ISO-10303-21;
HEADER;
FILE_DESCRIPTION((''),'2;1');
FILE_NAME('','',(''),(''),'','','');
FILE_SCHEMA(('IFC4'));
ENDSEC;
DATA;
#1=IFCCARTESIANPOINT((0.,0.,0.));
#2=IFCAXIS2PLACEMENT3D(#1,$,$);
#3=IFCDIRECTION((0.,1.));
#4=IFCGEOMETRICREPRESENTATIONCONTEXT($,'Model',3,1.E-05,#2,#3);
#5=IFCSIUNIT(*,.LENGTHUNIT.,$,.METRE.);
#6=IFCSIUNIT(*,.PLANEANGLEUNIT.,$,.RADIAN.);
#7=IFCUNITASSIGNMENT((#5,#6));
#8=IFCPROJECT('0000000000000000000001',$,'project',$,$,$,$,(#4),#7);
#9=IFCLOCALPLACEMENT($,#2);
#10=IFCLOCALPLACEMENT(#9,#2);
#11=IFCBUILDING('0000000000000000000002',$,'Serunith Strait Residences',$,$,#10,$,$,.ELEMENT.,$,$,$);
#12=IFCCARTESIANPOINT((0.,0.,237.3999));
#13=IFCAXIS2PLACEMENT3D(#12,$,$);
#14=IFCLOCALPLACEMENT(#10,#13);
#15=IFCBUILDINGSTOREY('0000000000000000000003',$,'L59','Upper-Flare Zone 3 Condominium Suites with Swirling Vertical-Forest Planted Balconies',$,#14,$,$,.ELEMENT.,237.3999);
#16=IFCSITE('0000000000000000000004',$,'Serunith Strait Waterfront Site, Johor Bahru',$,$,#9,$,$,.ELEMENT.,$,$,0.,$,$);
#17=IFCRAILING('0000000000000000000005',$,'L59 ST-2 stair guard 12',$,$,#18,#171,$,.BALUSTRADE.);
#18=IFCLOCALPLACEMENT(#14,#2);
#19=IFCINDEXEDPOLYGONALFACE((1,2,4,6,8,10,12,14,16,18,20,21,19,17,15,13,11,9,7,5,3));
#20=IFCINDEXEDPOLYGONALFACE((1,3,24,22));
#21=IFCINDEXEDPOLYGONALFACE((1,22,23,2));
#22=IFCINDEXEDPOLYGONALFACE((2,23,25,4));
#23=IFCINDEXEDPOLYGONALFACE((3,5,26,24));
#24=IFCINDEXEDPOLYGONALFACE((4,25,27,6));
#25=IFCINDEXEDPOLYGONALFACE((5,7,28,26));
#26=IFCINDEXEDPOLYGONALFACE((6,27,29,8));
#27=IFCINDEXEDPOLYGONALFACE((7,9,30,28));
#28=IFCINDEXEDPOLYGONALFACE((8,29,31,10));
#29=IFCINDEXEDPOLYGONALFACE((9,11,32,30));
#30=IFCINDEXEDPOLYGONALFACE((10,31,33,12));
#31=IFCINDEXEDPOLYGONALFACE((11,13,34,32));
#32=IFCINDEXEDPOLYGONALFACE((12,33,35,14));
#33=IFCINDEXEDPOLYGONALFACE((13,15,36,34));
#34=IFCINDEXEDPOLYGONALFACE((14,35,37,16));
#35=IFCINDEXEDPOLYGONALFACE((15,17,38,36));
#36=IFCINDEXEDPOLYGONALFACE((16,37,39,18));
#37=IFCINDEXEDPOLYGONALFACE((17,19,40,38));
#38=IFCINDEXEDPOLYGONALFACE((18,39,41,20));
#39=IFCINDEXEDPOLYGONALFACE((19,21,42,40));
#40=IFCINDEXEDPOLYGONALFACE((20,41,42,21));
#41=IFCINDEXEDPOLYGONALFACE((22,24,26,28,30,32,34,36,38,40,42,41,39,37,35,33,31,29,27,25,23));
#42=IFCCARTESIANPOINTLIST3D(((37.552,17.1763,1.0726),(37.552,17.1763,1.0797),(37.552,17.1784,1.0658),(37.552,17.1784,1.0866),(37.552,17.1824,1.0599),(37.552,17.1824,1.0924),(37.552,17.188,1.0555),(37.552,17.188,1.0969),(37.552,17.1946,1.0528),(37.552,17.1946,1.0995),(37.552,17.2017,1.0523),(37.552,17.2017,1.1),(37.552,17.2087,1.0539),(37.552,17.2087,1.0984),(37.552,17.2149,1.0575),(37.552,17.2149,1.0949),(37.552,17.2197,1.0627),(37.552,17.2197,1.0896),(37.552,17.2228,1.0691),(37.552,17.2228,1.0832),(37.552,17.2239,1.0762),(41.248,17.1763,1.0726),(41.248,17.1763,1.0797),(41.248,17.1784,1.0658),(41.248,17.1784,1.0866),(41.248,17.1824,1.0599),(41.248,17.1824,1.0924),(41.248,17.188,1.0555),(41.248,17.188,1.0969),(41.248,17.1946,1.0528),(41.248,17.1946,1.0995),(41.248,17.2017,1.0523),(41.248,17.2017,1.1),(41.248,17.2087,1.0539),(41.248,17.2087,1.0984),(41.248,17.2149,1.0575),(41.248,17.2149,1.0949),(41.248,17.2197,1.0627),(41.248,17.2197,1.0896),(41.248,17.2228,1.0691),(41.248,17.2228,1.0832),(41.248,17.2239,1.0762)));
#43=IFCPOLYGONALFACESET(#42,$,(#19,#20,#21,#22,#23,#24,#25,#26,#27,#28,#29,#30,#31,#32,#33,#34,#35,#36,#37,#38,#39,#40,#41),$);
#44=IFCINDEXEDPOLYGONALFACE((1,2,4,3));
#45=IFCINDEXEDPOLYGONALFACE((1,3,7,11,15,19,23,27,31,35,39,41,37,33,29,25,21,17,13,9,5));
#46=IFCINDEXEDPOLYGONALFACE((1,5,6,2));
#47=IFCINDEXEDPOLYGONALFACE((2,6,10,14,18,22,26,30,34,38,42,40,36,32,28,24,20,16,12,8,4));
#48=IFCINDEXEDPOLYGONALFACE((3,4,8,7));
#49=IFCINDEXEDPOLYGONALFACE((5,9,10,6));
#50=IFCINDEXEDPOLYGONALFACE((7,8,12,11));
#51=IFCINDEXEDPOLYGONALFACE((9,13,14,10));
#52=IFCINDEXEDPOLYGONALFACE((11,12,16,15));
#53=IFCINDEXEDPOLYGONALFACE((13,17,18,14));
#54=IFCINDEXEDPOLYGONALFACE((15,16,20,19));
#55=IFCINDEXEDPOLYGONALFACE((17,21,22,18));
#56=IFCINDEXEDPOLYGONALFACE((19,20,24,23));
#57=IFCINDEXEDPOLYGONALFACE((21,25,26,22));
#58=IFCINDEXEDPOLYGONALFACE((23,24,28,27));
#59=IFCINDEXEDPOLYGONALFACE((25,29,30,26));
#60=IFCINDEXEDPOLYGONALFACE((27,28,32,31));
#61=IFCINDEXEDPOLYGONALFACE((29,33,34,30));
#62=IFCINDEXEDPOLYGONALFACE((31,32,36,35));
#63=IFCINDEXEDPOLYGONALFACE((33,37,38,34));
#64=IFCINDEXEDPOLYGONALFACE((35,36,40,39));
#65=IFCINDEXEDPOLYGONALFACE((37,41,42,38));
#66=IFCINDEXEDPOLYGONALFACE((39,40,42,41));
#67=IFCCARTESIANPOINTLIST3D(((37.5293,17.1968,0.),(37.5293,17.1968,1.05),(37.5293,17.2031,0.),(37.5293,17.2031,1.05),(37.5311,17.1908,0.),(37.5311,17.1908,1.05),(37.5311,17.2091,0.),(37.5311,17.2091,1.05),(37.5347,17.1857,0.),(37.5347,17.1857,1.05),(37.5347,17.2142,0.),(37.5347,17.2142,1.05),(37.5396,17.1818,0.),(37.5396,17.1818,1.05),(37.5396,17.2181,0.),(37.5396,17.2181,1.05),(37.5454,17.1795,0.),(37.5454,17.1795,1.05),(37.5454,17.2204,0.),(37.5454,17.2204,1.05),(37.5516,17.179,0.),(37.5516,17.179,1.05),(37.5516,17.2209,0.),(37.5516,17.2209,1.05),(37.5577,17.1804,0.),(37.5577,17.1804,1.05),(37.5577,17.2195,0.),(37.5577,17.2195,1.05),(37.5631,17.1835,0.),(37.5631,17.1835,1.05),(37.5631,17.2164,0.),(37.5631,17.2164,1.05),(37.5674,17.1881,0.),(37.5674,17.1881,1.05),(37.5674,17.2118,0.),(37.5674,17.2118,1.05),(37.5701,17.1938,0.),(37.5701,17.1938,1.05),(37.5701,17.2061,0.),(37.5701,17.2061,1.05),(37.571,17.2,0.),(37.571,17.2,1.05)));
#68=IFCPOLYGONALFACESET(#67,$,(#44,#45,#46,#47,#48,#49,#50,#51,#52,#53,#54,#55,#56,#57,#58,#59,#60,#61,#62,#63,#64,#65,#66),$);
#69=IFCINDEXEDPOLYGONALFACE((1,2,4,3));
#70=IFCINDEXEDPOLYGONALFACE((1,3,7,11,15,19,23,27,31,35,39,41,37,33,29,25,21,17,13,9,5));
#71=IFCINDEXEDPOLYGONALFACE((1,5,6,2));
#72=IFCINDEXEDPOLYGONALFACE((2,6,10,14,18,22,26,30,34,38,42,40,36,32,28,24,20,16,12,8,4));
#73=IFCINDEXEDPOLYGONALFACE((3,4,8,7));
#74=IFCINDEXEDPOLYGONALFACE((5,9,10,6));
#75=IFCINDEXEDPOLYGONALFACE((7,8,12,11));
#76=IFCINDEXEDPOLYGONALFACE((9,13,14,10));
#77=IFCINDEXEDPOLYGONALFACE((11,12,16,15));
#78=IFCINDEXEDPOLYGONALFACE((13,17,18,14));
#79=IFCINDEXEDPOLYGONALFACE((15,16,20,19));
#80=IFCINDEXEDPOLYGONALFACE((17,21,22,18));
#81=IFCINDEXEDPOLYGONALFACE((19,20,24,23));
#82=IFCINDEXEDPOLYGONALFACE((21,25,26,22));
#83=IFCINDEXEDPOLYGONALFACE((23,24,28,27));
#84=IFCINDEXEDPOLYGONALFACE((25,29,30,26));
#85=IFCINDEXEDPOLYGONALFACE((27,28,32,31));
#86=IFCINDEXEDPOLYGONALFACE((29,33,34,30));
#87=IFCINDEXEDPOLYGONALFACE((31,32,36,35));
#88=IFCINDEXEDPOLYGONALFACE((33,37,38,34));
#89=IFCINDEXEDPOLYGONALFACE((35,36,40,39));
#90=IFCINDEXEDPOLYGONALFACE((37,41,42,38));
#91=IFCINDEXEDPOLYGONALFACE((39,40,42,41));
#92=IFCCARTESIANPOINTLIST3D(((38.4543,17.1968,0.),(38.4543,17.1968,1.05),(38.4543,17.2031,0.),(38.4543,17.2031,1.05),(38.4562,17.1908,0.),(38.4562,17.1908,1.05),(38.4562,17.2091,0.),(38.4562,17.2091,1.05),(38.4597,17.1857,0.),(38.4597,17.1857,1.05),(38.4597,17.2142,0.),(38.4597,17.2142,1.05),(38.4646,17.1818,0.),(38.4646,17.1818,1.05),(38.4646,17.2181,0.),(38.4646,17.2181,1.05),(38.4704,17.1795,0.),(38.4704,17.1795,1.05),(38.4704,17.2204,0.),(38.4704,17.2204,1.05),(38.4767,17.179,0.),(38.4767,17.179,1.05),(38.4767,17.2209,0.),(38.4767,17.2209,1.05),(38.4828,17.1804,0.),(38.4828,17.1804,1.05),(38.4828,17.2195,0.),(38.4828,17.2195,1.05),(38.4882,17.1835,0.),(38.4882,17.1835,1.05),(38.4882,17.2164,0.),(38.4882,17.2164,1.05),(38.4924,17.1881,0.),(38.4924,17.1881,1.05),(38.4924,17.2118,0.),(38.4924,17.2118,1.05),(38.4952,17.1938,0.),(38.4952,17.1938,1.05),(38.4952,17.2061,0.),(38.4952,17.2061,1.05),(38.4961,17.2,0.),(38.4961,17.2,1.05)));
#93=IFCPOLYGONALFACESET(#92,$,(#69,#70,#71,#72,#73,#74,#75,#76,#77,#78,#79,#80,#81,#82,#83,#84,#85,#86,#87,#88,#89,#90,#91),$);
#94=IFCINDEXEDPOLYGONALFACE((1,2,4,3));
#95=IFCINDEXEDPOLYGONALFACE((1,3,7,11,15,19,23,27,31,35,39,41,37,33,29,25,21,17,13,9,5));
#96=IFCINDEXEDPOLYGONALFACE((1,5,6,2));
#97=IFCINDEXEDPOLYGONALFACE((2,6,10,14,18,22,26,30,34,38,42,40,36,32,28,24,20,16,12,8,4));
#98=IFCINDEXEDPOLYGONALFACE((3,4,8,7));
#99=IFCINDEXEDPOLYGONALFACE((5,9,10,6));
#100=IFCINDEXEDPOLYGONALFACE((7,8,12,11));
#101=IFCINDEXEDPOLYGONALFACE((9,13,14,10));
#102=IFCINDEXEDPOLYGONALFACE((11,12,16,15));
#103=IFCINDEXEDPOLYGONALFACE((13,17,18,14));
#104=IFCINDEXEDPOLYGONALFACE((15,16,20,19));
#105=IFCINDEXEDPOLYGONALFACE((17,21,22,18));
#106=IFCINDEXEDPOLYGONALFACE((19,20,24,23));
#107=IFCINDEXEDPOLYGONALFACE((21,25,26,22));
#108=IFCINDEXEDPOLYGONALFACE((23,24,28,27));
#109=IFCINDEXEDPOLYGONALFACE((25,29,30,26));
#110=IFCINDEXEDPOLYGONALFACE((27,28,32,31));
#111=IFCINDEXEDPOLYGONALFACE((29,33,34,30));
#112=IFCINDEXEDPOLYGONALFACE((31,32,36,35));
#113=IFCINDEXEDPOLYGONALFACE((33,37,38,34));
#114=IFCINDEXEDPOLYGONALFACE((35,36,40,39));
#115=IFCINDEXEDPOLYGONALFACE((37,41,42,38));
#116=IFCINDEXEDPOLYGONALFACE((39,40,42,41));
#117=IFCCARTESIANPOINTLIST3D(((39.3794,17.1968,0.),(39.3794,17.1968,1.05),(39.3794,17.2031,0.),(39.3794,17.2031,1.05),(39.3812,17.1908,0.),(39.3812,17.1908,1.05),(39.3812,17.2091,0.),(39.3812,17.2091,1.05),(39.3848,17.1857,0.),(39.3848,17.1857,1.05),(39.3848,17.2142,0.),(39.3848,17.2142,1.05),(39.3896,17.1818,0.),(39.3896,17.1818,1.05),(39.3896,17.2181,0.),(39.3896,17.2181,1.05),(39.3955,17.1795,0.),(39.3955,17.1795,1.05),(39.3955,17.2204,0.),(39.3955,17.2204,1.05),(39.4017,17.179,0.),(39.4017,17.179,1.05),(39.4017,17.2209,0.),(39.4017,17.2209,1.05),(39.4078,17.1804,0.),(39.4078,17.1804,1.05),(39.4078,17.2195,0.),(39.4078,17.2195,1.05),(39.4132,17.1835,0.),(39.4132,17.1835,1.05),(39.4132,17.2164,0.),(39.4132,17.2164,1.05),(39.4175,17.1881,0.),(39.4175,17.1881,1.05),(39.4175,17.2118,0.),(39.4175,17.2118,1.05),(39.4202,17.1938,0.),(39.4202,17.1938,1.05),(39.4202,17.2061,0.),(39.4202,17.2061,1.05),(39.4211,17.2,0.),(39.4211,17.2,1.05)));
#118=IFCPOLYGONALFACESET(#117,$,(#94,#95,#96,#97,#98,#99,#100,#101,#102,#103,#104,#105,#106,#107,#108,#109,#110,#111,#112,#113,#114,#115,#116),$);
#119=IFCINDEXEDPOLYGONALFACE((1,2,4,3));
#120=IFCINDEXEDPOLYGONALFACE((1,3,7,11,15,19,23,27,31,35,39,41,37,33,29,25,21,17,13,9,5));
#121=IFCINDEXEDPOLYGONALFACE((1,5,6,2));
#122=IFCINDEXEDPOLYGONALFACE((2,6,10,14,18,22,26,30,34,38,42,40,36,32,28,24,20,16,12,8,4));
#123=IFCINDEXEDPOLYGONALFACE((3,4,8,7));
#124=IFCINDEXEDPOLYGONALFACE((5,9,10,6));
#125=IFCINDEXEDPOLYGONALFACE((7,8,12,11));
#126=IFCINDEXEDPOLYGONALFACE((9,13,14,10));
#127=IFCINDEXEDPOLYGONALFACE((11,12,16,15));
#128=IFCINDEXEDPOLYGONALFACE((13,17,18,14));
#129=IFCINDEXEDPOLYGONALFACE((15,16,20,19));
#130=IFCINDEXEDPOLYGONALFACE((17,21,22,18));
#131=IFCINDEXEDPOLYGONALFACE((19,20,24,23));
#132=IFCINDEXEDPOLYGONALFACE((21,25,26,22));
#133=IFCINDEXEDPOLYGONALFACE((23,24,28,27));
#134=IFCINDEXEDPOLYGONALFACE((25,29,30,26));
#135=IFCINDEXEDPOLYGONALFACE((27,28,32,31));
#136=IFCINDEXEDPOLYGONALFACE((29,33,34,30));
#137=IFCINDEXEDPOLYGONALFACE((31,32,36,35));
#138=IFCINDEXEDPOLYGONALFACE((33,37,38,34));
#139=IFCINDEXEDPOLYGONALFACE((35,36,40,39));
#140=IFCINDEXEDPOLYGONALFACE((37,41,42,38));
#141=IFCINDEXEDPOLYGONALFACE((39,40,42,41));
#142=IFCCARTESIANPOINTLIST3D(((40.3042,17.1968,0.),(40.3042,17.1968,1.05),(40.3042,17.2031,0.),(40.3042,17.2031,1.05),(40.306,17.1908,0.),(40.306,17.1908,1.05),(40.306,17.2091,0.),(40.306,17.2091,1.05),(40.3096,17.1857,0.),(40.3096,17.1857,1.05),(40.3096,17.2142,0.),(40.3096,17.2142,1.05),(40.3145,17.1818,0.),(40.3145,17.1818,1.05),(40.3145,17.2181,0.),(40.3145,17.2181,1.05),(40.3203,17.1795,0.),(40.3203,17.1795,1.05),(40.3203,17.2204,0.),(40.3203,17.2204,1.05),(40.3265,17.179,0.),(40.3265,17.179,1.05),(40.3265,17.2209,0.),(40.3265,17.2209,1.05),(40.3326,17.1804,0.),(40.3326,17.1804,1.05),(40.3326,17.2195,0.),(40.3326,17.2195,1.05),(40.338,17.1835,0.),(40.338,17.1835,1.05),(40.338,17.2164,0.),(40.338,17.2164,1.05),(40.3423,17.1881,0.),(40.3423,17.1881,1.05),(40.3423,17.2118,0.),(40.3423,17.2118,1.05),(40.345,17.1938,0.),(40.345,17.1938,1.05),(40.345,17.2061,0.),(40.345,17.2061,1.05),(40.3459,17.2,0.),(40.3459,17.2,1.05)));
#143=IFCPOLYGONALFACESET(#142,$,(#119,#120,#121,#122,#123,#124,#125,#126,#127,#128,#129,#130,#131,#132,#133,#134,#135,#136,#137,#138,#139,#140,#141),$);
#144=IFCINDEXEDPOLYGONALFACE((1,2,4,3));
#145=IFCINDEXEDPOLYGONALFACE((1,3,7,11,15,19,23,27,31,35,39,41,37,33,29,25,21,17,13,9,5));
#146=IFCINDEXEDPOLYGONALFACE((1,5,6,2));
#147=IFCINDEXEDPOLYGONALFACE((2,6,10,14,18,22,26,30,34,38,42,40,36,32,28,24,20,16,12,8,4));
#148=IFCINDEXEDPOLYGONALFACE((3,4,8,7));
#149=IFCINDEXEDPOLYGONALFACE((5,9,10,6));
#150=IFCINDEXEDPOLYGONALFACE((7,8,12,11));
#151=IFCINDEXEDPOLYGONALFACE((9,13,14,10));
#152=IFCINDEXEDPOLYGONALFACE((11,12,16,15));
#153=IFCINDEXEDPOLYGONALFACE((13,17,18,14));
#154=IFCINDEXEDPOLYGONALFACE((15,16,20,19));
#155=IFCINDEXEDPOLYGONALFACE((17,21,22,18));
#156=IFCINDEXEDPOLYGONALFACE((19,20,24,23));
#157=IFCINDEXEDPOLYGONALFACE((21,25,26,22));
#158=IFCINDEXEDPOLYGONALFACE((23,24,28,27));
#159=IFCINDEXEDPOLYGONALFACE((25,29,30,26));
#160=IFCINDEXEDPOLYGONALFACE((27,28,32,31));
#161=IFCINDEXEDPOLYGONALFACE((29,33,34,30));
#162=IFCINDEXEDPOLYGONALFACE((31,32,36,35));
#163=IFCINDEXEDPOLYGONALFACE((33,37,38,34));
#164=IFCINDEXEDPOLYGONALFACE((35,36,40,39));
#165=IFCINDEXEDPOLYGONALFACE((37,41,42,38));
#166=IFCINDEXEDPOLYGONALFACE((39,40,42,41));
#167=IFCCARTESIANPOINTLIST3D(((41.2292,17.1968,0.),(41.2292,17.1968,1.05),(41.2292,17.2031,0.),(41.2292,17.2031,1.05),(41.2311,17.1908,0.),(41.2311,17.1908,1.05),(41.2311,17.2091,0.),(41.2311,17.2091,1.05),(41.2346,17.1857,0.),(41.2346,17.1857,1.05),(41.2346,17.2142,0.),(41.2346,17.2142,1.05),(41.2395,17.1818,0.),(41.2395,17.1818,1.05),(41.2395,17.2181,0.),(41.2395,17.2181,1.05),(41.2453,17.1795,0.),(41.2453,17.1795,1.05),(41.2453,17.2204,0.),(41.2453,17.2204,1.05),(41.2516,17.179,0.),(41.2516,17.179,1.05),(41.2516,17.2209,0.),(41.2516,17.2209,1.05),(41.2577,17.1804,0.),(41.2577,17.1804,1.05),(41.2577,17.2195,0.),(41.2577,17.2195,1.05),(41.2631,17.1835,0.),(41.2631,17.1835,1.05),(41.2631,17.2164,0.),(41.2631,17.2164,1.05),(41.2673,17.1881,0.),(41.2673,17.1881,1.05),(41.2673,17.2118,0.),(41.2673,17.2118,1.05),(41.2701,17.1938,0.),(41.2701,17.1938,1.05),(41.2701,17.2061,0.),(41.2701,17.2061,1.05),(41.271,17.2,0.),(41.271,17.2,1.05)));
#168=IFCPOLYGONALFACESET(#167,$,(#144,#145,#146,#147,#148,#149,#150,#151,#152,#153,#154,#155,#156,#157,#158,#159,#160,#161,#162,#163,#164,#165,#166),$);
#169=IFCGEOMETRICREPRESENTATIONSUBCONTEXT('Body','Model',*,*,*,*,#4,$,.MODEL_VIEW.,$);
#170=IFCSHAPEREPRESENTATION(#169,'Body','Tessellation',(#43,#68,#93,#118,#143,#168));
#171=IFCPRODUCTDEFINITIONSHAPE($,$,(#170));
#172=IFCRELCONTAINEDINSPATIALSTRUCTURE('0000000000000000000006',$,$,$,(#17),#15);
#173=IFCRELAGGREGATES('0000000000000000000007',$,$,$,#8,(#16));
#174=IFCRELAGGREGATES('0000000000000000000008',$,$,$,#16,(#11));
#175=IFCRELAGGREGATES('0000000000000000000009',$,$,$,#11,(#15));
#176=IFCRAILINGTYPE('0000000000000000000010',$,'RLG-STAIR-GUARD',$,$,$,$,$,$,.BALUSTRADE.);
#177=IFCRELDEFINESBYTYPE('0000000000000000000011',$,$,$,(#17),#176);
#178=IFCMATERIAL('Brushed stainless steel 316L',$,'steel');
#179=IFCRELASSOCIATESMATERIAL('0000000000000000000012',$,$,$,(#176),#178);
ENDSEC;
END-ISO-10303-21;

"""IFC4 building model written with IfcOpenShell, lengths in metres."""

from ifc_helpers import new_model, si_unit, direction, frame, origin, origin_2d, place, context, subcontext, project, spatial, circle, extrude, material, type_object, element, save


model = new_model("IFC4")

# Units and contexts
model_context = context("Model", 3, precision=1e-05, world=origin(), true_north=direction((0.0, 1.0)))
body_context = subcontext(model_context, "Body", "Model", "MODEL_VIEW")
ifc_project = project(units=[si_unit("LENGTHUNIT", "METRE"), si_unit("PLANEANGLEUNIT", "RADIAN")], contexts=[model_context])

# Site, building, storey
site_placement = place(None, origin())
site = spatial("IfcSite", under=ifc_project, at=site_placement, Name="Serunith Strait Waterfront Site, Johor Bahru", CompositionType="ELEMENT", RefElevation=0.0)
building_placement = place(site_placement, origin())
building = spatial("IfcBuilding", under=site, at=building_placement, Name="Serunith Strait Residences", CompositionType="ELEMENT")
storey_placement = place(building_placement, frame((0.0, 0.0, 237.3999)))
storey = spatial("IfcBuildingStorey", under=building, at=storey_placement, Name="L59", Description="Upper-Flare Zone 3 Condominium Suites with Swirling Vertical-Forest Planted Balconies", CompositionType="ELEMENT", Elevation=237.3999)

# Railing
ifc_material_1 = material(Name="Brushed stainless steel 316L", Category="steel")
railing_type_1 = type_object("IfcRailingType", Name="RLG-STAIR-GUARD", PredefinedType="BALUSTRADE", material=ifc_material_1)
railing_1_placement = place(storey_placement, frame((37.55, 17.2, 0.0)))
element("IfcRailing", 1, at=railing_1_placement, inside=storey, type_object=railing_type_1, Name="L59 ST-2 stair guard 12", PredefinedType="BALUSTRADE", context=body_context, shape_type="SweptSolid", body=[
    extrude(circle(Radius=0.0239, at=origin_2d()), frame((0.002, 0.0, 1.0762), z_axis=(1.0, 0.0, 0.0), x_axis=(0.0, 1.0, 0.0)), (0.0, 0.0, 1.0), 3.696),
    extrude(circle(Radius=0.021, at=origin_2d()), origin(), (0.0, 0.0, 1.0), 1.05),
    extrude(circle(Radius=0.021, at=origin_2d()), frame((0.925, 0.0, 0.0)), (0.0, 0.0, 1.0), 1.05),
    extrude(circle(Radius=0.021, at=origin_2d()), frame((1.8501, 0.0, 0.0)), (0.0, 0.0, 1.0), 1.05),
    extrude(circle(Radius=0.021, at=origin_2d()), frame((2.7749, 0.0, 0.0)), (0.0, 0.0, 1.0), 1.05),
    extrude(circle(Radius=0.021, at=origin_2d()), frame((3.7, 0.0, 0.0)), (0.0, 0.0, 1.0), 1.05),
])

save(model, "model.ifc")
